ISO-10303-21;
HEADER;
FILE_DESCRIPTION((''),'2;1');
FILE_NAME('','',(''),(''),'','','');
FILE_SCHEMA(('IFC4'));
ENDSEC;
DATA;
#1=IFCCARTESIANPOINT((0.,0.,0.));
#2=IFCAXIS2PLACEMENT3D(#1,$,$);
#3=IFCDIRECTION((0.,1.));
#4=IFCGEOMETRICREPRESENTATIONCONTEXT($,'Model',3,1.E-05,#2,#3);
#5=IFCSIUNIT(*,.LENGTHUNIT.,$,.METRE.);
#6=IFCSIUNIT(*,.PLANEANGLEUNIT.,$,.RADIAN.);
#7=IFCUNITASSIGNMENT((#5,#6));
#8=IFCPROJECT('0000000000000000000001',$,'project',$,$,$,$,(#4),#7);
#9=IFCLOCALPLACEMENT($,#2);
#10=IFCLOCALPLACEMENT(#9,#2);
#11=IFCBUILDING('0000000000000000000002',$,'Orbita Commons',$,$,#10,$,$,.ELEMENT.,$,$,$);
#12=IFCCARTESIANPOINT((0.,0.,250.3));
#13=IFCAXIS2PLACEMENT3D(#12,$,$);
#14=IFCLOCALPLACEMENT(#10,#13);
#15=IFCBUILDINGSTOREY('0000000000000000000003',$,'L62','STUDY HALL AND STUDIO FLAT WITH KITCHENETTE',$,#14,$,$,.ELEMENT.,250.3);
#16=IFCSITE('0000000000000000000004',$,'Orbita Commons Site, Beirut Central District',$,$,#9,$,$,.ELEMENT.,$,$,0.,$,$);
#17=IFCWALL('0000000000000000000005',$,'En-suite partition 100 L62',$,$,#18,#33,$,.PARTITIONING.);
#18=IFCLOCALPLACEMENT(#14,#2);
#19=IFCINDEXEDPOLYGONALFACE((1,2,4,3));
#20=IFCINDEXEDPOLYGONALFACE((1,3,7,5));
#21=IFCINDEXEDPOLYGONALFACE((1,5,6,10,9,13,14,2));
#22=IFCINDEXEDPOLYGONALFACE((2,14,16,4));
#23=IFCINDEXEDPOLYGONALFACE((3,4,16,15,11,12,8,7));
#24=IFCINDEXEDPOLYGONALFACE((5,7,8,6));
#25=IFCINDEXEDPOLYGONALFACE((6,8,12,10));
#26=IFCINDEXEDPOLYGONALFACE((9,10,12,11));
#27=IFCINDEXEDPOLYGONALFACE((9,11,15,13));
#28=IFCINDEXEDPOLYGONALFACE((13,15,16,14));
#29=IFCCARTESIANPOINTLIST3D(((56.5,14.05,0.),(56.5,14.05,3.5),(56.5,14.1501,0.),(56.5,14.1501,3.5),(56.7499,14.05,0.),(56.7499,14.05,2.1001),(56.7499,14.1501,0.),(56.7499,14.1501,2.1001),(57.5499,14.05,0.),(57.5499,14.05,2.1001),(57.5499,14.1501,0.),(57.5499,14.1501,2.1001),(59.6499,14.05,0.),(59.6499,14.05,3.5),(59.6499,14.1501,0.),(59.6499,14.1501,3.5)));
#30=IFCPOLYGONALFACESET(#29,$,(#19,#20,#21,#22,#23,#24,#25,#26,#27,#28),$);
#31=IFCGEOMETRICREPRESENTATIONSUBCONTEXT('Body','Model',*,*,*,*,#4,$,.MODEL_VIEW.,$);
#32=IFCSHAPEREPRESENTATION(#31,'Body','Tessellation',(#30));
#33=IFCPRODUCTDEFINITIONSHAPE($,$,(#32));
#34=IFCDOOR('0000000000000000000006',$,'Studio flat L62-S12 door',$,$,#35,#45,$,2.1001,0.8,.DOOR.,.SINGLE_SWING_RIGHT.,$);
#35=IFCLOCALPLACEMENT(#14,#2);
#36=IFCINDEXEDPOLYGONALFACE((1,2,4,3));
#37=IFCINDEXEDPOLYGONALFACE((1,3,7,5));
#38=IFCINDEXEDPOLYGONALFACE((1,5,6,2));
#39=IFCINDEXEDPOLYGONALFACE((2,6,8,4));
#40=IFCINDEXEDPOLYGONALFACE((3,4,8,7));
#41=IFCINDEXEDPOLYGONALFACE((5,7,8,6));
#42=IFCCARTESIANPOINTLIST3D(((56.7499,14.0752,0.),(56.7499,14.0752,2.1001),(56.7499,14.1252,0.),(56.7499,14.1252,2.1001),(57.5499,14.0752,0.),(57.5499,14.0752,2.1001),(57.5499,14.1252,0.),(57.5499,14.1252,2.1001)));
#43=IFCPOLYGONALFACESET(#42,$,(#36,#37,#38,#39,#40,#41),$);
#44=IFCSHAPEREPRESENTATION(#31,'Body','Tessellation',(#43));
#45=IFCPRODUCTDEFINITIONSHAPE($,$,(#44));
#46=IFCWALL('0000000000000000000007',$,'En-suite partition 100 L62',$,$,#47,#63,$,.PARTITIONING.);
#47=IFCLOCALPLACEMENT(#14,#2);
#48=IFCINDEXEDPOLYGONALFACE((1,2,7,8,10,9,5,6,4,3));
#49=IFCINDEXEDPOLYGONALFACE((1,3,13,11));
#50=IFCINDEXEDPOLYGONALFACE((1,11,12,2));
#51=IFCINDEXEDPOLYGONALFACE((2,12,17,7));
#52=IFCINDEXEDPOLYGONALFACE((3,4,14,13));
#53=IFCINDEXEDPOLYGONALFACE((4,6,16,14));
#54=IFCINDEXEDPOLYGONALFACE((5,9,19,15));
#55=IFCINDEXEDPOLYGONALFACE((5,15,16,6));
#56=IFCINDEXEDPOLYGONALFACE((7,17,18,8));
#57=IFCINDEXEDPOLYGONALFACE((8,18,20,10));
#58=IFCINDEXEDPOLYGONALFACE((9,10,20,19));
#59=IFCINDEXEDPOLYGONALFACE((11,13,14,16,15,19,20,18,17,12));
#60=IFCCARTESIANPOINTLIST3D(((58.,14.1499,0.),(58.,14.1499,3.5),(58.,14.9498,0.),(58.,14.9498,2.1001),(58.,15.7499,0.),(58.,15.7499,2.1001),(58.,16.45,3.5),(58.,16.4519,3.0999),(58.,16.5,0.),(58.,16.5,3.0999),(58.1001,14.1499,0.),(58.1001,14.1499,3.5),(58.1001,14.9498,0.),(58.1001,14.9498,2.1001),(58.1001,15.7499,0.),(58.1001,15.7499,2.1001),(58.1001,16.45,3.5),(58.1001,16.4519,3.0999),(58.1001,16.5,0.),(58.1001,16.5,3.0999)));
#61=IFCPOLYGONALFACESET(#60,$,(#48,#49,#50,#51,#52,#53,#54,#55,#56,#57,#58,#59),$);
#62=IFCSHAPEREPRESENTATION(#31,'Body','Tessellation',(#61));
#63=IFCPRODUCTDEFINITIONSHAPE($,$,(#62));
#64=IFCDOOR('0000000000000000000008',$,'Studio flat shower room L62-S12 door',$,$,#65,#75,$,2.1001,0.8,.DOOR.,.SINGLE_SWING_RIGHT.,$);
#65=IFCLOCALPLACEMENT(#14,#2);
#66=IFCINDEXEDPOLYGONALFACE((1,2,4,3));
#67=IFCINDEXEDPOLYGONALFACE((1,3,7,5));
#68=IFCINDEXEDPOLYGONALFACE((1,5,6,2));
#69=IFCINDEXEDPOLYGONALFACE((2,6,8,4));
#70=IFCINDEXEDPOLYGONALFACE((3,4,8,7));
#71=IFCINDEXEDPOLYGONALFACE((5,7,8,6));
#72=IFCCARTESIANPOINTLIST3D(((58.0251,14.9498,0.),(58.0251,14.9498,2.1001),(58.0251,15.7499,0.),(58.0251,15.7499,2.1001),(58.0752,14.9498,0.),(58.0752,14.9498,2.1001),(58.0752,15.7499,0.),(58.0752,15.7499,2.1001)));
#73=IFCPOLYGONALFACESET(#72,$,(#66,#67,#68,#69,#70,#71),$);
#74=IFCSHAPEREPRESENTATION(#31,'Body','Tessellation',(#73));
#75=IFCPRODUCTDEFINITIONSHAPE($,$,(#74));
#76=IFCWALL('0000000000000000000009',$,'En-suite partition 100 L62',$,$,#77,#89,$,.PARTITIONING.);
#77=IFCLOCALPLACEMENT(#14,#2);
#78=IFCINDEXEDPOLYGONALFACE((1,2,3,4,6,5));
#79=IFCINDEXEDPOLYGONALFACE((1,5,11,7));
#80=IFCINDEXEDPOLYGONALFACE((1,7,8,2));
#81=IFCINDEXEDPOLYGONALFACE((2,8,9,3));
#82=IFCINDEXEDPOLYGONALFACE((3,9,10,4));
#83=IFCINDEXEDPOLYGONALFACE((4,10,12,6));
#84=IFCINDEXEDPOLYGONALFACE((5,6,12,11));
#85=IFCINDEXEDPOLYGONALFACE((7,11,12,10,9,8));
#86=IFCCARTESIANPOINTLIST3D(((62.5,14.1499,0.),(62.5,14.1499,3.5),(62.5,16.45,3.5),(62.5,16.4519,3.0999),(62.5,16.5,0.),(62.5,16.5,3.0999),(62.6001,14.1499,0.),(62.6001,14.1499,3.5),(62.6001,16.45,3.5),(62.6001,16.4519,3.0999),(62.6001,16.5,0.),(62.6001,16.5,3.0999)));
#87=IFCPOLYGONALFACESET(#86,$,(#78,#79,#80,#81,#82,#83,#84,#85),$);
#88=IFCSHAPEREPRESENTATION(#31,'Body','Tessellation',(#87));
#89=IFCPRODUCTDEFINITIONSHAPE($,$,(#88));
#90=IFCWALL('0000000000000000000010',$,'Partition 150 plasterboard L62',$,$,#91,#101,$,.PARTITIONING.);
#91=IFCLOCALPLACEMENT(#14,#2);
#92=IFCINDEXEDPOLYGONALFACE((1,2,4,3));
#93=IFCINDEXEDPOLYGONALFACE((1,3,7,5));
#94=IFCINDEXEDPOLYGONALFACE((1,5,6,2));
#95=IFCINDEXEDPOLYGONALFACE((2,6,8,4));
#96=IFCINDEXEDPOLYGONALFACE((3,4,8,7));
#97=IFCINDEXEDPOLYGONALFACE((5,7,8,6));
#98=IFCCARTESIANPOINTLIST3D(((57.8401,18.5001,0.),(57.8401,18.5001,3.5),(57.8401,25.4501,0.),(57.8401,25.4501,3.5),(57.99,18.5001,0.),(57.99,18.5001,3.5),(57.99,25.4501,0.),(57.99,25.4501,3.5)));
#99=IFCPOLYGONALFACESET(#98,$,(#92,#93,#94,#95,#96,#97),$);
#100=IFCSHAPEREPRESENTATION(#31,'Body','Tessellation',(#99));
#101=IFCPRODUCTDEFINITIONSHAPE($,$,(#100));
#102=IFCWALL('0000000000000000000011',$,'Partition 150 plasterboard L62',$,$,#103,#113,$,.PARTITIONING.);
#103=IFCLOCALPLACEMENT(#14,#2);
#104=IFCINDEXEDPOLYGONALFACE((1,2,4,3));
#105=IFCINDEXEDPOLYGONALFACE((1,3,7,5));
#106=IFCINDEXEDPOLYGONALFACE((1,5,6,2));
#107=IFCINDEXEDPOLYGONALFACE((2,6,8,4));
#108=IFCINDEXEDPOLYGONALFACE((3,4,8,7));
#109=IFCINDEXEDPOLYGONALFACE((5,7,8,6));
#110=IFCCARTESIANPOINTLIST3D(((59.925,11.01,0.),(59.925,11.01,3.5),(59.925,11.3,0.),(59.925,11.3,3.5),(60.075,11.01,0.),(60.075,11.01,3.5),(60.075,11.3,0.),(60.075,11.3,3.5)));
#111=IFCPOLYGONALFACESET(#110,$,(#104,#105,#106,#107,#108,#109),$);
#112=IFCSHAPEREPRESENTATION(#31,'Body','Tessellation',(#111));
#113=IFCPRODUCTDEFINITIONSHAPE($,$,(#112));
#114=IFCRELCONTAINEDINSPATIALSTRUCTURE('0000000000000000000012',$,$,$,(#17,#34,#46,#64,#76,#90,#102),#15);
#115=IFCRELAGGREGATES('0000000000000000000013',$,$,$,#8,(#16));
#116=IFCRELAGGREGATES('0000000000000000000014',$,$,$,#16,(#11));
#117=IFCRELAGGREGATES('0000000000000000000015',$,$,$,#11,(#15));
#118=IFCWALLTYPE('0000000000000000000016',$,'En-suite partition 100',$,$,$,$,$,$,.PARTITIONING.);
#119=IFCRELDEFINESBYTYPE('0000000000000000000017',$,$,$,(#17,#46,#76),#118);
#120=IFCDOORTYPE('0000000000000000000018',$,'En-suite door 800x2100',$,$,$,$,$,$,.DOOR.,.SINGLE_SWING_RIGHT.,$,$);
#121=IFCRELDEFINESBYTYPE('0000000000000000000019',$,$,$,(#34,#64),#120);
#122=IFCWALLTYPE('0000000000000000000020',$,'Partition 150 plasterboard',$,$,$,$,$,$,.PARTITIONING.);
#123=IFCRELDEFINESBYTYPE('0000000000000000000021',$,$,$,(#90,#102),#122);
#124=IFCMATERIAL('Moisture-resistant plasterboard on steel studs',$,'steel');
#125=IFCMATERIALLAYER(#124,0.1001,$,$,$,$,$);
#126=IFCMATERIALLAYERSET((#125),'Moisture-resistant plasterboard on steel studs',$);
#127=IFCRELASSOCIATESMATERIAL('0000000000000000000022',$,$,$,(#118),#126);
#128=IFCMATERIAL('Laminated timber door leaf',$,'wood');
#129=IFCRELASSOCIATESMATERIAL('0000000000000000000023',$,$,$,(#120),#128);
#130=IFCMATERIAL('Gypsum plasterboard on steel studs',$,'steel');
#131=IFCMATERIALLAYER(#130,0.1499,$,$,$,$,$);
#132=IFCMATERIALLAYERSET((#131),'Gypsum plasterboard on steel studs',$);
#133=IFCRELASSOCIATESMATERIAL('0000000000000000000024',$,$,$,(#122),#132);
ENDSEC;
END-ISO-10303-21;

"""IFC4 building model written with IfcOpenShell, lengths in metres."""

from ifc_helpers import new_model, si_unit, direction, frame, frame_2d, origin, place, context, subcontext, project, spatial, polyline, rectangle, outline, extrude, material, layer, layer_set, type_object, element, fill, save


model = new_model("IFC4")

# Units and contexts
model_context = context("Model", 3, precision=1e-05, world=origin(), true_north=direction((0.0, 1.0)))
body_context = subcontext(model_context, "Body", "Model", "MODEL_VIEW")
ifc_project = project(units=[si_unit("LENGTHUNIT", "METRE"), si_unit("PLANEANGLEUNIT", "RADIAN")], contexts=[model_context])

# Site, building, storey
site_placement = place(None, origin())
site = spatial("IfcSite", under=ifc_project, at=site_placement, Name="Orbita Commons Site, Beirut Central District", CompositionType="ELEMENT", RefElevation=0.0)
building_placement = place(site_placement, origin())
building = spatial("IfcBuilding", under=site, at=building_placement, Name="Orbita Commons", CompositionType="ELEMENT")
storey_placement = place(building_placement, frame((0.0, 0.0, 250.3)))
storey = spatial("IfcBuildingStorey", under=building, at=storey_placement, Name="L62", Description="STUDY HALL AND STUDIO FLAT WITH KITCHENETTE", CompositionType="ELEMENT", Elevation=250.3)

# Walls, openings, doors
ifc_material_1 = material(Name="Moisture-resistant plasterboard on steel studs", Category="steel")
ifc_layer_1 = layer(ifc_material_1, 0.1001)
ifc_layer_set_1 = layer_set([ifc_layer_1], Name="Moisture-resistant plasterboard on steel studs")
wall_type_1 = type_object("IfcWallType", Name="En-suite partition 100", PredefinedType="PARTITIONING", material=ifc_layer_set_1)
wall_1_placement = place(storey_placement, frame((59.6499, 14.1001, 0.0), z_axis=(0.0, 0.0, 1.0), x_axis=(-1.0, 0.0, 0.0)))
wall_1 = element("IfcWall", 1, at=wall_1_placement, inside=storey, type_object=wall_type_1, Name="En-suite partition 100 L62", PredefinedType="PARTITIONING", context=body_context, shape_type="SweptSolid", body=[
    extrude(rectangle(XDim=3.1499, YDim=0.1001, at=frame_2d((1.575, 0.0))), origin(), (0.0, 0.0, 1.0), 3.5),
])
opening_1_placement = place(wall_1_placement, frame((2.1001, 0.0, 0.0)))
opening_1 = element("IfcOpeningElement", 2, at=opening_1_placement, cuts=wall_1, PredefinedType="OPENING", context=body_context, shape_type="SweptSolid", body=[
    extrude(rectangle(XDim=0.8, YDim=2.1001, at=frame_2d((0.3999, 1.05))), frame((0.0, 0.0601, 0.0), z_axis=(0.0, -1.0, 0.0), x_axis=(1.0, 0.0, 0.0)), (0.0, 0.0, 1.0), 0.1201),
])
ifc_material_2 = material(Name="Laminated timber door leaf", Category="wood")
door_type_1 = type_object("IfcDoorType", Name="En-suite door 800x2100", OperationType="SINGLE_SWING_RIGHT", PredefinedType="DOOR", material=ifc_material_2)
door_1_placement = place(opening_1_placement, origin())
door_1 = element("IfcDoor", 3, at=door_1_placement, inside=storey, type_object=door_type_1, Name="Studio flat L62-S12 door", OperationType="SINGLE_SWING_RIGHT", OverallHeight=2.1001, OverallWidth=0.8, PredefinedType="DOOR", context=body_context, shape_type="SweptSolid", body=[
    extrude(rectangle(XDim=0.8, YDim=2.1001, at=frame_2d((0.3999, 1.05))), frame((0.0, 0.0249, 0.0), z_axis=(0.0, -1.0, 0.0), x_axis=(1.0, 0.0, 0.0)), (0.0, 0.0, 1.0), 0.05),
])
fill(opening_1, door_1)
wall_2_placement = place(storey_placement, frame((58.05, 14.1499, 0.0), z_axis=(0.0, 0.0, 1.0), x_axis=(0.0, 1.0, 0.0)))
wall_2 = element("IfcWall", 4, at=wall_2_placement, inside=storey, type_object=wall_type_1, Name="En-suite partition 100 L62", PredefinedType="PARTITIONING", context=body_context, shape_type="SweptSolid", body=[
    extrude(outline(polyline([(0.0, 0.0), (2.3501, 0.0), (2.3501, 3.0999), (2.302, 3.0999), (2.3, 3.5), (0.0, 3.5), (0.0, 0.0)])), frame((0.0, 0.05, 0.0), z_axis=(0.0, -1.0, 0.0), x_axis=(1.0, 0.0, 0.0)), (0.0, 0.0, 1.0), 0.1001),
])
opening_2_placement = place(wall_2_placement, frame((0.8, 0.0, 0.0)))
opening_2 = element("IfcOpeningElement", 5, at=opening_2_placement, cuts=wall_2, PredefinedType="OPENING", context=body_context, shape_type="SweptSolid", body=[
    extrude(rectangle(XDim=0.8, YDim=2.1001, at=frame_2d((0.3999, 1.05))), frame((0.0, 0.0601, 0.0), z_axis=(0.0, -1.0, 0.0), x_axis=(1.0, 0.0, 0.0)), (0.0, 0.0, 1.0), 0.1201),
])
door_2_placement = place(opening_2_placement, origin())
door_2 = element("IfcDoor", 6, at=door_2_placement, inside=storey, type_object=door_type_1, Name="Studio flat shower room L62-S12 door", OperationType="SINGLE_SWING_RIGHT", OverallHeight=2.1001, OverallWidth=0.8, PredefinedType="DOOR", context=body_context, shape_type="SweptSolid", body=[
    extrude(rectangle(XDim=0.8, YDim=2.1001, at=frame_2d((0.3999, 1.05))), frame((0.0, 0.0249, 0.0), z_axis=(0.0, -1.0, 0.0), x_axis=(1.0, 0.0, 0.0)), (0.0, 0.0, 1.0), 0.05),
])
fill(opening_2, door_2)

# Walls
wall_3_placement = place(storey_placement, frame((62.55, 14.1499, 0.0), z_axis=(0.0, 0.0, 1.0), x_axis=(0.0, 1.0, 0.0)))
element("IfcWall", 7, at=wall_3_placement, inside=storey, type_object=wall_type_1, Name="En-suite partition 100 L62", PredefinedType="PARTITIONING", context=body_context, shape_type="SweptSolid", body=[
    extrude(outline(polyline([(0.0, 0.0), (2.3501, 0.0), (2.3501, 3.0999), (2.302, 3.0999), (2.3, 3.5), (0.0, 3.5), (0.0, 0.0)])), frame((0.0, 0.05, 0.0), z_axis=(0.0, -1.0, 0.0), x_axis=(1.0, 0.0, 0.0)), (0.0, 0.0, 1.0), 0.1001),
])
ifc_material_3 = material(Name="Gypsum plasterboard on steel studs", Category="steel")
ifc_layer_2 = layer(ifc_material_3, 0.1499)
ifc_layer_set_2 = layer_set([ifc_layer_2], Name="Gypsum plasterboard on steel studs")
wall_type_2 = type_object("IfcWallType", Name="Partition 150 plasterboard", PredefinedType="PARTITIONING", material=ifc_layer_set_2)
wall_4_placement = place(storey_placement, frame((57.915, 18.5, 0.0), z_axis=(0.0, 0.0, 1.0), x_axis=(0.0, 1.0, 0.0)))
element("IfcWall", 8, at=wall_4_placement, inside=storey, type_object=wall_type_2, Name="Partition 150 plasterboard L62", PredefinedType="PARTITIONING", context=body_context, shape_type="SweptSolid", body=[
    extrude(rectangle(XDim=6.95, YDim=0.1499, at=frame_2d((3.4751, 0.0))), origin(), (0.0, 0.0, 1.0), 3.5),
])
wall_5_placement = place(storey_placement, frame((60.0, 11.3, 0.0), z_axis=(0.0, 0.0, 1.0), x_axis=(0.0, -1.0, 0.0)))
element("IfcWall", 9, at=wall_5_placement, inside=storey, type_object=wall_type_2, Name="Partition 150 plasterboard L62", PredefinedType="PARTITIONING", context=body_context, shape_type="SweptSolid", body=[
    extrude(rectangle(XDim=0.29, YDim=0.1499, at=frame_2d((0.145, 0.0))), origin(), (0.0, 0.0, 1.0), 3.5),
])

save(model, "model.ifc")
